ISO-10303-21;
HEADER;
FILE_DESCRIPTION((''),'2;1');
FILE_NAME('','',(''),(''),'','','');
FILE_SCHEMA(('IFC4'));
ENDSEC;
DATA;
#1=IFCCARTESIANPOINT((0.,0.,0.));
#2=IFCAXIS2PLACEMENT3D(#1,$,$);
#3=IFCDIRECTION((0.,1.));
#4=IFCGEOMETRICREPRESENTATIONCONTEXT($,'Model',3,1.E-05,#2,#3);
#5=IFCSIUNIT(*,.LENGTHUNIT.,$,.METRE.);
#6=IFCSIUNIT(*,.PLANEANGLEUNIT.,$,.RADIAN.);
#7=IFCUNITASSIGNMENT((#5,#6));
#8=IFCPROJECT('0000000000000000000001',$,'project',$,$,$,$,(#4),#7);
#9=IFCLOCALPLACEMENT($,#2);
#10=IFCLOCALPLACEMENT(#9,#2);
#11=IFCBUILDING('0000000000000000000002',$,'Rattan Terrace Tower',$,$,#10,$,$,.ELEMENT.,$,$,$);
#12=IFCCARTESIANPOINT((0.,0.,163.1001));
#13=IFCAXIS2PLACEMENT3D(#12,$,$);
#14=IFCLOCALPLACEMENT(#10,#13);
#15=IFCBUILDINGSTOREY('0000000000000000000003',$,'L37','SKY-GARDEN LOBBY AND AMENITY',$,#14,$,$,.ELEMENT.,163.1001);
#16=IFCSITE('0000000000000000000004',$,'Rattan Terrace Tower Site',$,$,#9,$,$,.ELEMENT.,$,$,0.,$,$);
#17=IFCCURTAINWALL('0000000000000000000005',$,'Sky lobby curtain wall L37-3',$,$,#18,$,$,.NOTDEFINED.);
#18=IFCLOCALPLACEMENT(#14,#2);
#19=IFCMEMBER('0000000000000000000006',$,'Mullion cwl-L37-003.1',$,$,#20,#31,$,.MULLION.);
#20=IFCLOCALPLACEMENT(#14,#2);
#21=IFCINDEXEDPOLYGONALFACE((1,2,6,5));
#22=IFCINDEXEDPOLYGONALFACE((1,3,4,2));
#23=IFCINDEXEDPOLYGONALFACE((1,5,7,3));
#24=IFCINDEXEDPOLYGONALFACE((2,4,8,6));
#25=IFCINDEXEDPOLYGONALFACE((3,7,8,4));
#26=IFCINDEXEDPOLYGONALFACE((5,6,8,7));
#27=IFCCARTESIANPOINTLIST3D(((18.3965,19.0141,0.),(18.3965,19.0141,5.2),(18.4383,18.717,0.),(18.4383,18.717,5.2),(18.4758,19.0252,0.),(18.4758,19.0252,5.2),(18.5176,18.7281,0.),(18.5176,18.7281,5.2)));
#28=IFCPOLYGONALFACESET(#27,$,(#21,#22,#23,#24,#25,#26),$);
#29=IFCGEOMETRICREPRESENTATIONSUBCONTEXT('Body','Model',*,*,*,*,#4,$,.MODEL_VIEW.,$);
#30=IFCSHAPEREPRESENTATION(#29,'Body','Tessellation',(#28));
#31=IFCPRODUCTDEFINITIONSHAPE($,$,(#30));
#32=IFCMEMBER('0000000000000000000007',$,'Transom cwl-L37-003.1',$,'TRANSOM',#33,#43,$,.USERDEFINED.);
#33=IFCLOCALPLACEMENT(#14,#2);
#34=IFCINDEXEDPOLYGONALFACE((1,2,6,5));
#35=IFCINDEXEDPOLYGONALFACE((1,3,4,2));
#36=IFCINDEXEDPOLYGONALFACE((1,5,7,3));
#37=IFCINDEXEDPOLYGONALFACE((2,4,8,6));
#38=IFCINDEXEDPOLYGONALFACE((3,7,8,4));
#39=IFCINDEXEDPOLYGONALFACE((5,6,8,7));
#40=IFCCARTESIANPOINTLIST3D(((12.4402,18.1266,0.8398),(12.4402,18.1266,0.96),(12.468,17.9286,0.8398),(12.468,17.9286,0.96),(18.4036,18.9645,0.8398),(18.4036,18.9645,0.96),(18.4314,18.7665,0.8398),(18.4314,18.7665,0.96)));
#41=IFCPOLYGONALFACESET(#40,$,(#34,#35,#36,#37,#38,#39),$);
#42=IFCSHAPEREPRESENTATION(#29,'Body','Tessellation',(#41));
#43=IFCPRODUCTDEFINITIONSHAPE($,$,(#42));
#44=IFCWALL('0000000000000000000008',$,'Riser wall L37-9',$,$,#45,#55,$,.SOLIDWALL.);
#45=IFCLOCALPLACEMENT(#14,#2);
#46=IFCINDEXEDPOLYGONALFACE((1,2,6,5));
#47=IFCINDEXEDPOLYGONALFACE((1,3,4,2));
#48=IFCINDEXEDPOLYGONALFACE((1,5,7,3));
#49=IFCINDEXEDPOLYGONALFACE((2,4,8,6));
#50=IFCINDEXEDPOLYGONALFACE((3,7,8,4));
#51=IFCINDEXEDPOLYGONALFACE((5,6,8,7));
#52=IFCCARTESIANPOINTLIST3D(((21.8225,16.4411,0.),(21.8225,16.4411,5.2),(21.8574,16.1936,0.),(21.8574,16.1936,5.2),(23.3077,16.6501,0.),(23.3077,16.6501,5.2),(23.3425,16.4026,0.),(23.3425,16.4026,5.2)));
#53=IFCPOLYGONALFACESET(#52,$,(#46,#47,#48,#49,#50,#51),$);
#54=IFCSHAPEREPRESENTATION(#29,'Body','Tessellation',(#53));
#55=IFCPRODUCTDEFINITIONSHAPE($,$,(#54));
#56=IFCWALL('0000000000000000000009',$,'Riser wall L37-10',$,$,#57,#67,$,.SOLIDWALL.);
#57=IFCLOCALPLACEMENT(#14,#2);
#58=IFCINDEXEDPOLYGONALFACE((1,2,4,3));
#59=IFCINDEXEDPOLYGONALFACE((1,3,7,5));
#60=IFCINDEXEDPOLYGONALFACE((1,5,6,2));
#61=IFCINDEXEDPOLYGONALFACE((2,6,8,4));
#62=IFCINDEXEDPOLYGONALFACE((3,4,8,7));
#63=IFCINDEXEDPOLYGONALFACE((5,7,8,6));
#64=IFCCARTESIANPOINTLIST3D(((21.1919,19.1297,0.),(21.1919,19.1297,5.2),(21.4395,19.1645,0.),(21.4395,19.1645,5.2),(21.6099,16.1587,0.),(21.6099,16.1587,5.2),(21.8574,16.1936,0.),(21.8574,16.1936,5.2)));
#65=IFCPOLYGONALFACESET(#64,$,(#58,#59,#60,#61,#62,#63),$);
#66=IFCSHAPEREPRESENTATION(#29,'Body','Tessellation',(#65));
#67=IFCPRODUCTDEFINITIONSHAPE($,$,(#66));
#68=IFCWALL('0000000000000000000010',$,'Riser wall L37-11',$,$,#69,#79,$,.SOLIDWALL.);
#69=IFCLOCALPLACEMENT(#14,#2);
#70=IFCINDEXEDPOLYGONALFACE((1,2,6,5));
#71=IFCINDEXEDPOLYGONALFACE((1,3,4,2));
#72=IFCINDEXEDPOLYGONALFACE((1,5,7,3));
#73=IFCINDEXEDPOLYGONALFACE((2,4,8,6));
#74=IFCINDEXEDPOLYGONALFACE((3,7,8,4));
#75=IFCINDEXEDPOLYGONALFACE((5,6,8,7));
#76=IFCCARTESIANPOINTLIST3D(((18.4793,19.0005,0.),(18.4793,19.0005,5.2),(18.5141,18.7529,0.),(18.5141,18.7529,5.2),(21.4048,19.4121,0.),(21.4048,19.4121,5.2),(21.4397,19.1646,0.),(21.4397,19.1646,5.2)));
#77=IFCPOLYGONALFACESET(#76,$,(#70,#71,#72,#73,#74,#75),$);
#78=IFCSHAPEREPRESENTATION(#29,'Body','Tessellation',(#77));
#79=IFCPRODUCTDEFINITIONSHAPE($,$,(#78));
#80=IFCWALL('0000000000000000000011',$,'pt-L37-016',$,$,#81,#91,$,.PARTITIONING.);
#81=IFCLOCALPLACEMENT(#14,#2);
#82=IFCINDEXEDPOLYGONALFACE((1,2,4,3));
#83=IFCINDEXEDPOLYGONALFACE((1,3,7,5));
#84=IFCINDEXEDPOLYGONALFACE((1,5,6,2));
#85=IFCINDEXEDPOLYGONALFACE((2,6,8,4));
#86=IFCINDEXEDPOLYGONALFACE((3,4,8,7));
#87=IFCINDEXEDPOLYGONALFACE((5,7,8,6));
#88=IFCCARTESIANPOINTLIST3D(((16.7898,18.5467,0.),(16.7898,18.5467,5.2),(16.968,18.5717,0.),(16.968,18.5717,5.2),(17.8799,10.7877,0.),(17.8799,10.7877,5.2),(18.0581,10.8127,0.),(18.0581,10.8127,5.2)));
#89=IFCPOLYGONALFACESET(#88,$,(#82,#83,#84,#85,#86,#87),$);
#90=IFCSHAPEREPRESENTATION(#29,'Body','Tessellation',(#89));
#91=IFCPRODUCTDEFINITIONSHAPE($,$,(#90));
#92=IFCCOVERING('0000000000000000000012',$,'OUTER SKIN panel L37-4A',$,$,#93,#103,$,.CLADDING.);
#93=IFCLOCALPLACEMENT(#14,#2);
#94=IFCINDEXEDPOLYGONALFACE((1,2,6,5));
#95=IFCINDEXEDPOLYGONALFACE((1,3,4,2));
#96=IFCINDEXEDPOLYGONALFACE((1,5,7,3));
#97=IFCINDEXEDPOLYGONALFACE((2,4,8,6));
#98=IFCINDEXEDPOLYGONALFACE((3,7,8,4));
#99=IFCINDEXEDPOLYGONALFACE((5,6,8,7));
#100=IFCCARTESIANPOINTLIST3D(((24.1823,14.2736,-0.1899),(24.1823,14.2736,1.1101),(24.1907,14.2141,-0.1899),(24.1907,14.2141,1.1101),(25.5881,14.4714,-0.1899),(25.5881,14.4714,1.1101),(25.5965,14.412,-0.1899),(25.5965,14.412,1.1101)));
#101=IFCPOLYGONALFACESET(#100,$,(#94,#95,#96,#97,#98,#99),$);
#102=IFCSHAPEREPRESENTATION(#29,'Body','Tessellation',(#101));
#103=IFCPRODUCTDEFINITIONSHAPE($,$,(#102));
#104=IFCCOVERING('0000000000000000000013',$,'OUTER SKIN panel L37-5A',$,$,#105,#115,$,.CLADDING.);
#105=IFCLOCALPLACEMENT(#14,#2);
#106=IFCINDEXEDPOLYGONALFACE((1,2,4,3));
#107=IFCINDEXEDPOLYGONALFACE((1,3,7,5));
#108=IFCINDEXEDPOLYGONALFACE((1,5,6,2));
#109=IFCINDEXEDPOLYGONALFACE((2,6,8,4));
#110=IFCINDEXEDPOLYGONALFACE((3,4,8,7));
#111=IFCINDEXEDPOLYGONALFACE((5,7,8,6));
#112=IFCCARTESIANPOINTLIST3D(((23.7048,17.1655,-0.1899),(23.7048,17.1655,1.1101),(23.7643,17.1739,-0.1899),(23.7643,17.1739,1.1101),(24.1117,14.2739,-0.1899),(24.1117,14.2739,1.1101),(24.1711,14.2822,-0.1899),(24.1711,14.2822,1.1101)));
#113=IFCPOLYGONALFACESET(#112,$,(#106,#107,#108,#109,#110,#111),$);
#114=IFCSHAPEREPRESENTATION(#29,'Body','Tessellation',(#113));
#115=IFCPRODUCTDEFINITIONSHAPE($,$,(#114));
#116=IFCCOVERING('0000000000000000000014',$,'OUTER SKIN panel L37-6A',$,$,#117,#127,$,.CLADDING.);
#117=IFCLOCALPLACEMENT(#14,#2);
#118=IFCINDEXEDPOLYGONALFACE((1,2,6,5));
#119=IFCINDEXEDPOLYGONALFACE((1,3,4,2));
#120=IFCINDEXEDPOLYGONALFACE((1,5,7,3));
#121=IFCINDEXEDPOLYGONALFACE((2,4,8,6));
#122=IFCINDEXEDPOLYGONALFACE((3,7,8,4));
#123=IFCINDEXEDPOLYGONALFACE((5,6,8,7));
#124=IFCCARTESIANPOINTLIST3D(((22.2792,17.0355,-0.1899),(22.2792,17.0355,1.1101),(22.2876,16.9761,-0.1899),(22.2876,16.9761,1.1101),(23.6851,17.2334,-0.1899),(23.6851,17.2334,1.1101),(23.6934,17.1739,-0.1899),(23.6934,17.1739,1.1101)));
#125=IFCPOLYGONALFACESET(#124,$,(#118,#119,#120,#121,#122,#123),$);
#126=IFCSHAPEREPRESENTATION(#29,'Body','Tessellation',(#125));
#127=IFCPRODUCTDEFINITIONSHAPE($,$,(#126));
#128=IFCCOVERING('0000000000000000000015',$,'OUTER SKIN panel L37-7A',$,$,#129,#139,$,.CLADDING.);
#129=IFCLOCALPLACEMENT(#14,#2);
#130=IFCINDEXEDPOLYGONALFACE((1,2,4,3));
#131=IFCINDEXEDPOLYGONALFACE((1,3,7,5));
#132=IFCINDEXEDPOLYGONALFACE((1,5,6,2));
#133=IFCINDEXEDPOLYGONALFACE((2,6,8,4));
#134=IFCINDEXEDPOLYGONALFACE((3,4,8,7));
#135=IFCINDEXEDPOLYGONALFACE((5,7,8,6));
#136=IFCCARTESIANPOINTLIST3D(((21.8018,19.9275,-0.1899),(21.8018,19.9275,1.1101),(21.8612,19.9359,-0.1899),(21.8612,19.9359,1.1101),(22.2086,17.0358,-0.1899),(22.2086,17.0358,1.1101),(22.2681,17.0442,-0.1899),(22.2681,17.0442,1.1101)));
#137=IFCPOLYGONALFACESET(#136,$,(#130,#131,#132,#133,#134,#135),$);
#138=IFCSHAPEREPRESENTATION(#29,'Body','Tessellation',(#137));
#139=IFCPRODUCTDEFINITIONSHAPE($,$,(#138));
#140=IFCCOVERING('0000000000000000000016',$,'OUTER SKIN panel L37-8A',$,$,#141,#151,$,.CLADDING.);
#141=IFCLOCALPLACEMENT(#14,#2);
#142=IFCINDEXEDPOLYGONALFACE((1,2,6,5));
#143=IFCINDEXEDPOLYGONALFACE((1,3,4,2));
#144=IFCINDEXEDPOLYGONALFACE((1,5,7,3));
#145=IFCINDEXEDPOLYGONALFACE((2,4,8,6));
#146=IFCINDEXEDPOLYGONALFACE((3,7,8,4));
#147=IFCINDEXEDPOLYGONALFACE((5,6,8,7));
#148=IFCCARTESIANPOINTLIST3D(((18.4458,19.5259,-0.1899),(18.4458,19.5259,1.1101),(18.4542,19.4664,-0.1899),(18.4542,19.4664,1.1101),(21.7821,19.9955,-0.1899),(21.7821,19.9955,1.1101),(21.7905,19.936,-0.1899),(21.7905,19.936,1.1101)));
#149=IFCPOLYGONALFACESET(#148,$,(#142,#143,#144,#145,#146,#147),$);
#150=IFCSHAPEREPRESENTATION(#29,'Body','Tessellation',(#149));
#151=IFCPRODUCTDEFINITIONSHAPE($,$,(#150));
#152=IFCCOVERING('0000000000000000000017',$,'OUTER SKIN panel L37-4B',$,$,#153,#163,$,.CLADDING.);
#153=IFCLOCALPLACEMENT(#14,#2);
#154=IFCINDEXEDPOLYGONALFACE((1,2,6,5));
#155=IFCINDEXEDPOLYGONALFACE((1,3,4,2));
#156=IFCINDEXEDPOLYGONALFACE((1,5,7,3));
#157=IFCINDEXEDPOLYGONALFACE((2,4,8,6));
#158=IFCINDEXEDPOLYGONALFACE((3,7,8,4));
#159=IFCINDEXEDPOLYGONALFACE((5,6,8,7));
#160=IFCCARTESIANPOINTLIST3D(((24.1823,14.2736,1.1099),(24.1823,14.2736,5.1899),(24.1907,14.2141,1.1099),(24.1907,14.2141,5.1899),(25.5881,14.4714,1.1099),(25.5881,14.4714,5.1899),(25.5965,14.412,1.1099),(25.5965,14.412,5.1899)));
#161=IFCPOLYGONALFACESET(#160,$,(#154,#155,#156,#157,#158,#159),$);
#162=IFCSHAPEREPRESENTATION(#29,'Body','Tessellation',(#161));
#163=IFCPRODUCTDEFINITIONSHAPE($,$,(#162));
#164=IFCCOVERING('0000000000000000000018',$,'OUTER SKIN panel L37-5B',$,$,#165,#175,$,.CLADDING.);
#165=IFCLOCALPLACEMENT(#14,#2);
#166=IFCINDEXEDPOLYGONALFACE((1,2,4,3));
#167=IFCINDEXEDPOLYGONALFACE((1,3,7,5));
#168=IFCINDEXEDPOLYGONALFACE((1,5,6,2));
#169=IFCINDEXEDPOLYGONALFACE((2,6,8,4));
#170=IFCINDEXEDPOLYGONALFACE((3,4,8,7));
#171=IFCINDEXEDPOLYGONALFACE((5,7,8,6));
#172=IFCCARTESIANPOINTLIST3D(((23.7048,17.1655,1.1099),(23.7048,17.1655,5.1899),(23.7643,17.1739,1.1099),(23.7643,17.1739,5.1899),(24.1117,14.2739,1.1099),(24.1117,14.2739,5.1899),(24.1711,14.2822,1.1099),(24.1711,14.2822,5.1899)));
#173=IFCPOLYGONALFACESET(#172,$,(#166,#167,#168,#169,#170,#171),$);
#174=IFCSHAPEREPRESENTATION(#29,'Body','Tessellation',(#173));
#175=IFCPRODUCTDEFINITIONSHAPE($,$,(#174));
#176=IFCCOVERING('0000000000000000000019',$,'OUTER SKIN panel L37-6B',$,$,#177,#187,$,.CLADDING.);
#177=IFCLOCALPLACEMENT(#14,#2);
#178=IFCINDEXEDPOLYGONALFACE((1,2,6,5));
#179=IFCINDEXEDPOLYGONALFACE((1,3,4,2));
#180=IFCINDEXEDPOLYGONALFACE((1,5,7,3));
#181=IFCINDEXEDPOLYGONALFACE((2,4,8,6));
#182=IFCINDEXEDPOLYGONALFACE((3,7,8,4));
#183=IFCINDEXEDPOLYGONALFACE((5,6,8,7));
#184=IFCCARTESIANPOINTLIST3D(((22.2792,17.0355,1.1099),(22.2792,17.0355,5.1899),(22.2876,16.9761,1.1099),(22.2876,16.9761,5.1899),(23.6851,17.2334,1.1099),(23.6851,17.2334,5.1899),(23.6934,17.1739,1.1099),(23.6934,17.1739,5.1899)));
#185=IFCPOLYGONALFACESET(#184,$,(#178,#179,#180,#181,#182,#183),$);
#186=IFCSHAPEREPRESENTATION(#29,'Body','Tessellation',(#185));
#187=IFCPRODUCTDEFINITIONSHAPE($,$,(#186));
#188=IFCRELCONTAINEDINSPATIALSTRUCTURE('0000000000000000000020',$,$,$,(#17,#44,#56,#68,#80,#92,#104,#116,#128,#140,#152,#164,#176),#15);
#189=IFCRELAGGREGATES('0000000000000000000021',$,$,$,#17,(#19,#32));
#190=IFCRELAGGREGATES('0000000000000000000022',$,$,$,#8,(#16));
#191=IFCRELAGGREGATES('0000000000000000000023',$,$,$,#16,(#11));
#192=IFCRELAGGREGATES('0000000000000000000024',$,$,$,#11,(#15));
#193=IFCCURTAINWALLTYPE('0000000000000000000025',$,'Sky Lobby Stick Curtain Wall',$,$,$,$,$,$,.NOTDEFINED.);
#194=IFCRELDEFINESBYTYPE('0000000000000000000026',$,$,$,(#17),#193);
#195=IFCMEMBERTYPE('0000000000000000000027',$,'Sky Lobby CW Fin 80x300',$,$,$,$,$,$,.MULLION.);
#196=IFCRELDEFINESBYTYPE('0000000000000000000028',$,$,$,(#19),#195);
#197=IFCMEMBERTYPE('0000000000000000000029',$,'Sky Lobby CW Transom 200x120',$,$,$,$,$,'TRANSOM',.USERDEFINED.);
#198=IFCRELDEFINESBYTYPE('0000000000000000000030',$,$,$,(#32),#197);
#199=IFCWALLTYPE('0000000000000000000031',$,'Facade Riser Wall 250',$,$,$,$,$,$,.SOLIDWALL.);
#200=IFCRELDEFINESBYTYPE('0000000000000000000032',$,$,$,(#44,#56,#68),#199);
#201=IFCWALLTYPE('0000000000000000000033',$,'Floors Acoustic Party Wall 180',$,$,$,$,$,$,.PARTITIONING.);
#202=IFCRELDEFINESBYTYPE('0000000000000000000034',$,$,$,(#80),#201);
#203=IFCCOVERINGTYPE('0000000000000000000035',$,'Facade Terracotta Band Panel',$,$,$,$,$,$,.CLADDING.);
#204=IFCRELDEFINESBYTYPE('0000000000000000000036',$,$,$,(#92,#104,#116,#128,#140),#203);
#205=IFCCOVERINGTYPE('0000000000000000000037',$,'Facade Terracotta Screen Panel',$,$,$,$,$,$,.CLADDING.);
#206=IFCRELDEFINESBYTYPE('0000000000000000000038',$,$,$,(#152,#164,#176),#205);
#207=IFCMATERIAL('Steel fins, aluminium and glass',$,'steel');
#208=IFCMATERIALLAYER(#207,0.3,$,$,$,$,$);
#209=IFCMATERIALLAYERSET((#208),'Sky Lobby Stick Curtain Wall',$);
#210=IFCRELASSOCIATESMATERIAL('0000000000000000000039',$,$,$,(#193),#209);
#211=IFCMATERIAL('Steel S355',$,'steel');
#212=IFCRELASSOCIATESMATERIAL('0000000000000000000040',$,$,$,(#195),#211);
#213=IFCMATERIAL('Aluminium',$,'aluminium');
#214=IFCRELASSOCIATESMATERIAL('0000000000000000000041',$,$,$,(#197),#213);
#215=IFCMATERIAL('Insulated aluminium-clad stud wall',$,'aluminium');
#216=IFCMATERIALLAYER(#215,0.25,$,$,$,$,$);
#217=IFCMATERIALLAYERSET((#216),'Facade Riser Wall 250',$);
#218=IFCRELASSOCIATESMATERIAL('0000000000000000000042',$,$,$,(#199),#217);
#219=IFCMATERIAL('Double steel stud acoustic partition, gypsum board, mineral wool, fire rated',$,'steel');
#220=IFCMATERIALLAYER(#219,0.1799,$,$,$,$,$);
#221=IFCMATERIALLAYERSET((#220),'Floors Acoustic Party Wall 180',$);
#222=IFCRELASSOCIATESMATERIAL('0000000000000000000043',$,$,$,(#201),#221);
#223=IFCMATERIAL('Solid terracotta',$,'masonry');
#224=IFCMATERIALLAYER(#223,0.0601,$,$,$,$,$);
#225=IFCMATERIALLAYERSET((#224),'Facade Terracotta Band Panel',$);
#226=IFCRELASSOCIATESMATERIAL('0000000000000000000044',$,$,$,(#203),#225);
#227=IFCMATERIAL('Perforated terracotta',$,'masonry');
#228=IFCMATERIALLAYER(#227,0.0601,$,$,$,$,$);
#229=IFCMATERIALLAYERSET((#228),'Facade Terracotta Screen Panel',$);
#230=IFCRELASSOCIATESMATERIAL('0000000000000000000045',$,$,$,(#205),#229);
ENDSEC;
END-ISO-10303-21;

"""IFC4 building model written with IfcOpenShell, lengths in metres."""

from ifc_helpers import new_model, si_unit, direction, frame, frame_2d, origin, origin_2d, place, context, subcontext, project, spatial, rectangle, extrude, material, layer, layer_set, material_profile, profile_set, type_object, element, aggregate, save


model = new_model("IFC4")

# Units and contexts
model_context = context("Model", 3, precision=1e-05, world=origin(), true_north=direction((0.0, 1.0)))
body_context = subcontext(model_context, "Body", "Model", "MODEL_VIEW")
ifc_project = project(units=[si_unit("LENGTHUNIT", "METRE"), si_unit("PLANEANGLEUNIT", "RADIAN")], contexts=[model_context])

# Site, building, storey
site_placement = place(None, origin())
site = spatial("IfcSite", under=ifc_project, at=site_placement, Name="Rattan Terrace Tower Site", CompositionType="ELEMENT", RefElevation=0.0)
building_placement = place(site_placement, origin())
building = spatial("IfcBuilding", under=site, at=building_placement, Name="Rattan Terrace Tower", CompositionType="ELEMENT")
storey_placement = place(building_placement, frame((0.0, 0.0, 163.1001)))
storey = spatial("IfcBuildingStorey", under=building, at=storey_placement, Name="L37", Description="SKY-GARDEN LOBBY AND AMENITY", CompositionType="ELEMENT", Elevation=163.1001)

# Curtain wall, members
ifc_material_1 = material(Name="Steel fins, aluminium and glass", Category="steel")
ifc_layer_1 = layer(ifc_material_1, 0.3)
ifc_layer_set_1 = layer_set([ifc_layer_1], Name="Sky Lobby Stick Curtain Wall")
curtain_wall_type = type_object("IfcCurtainWallType", Name="Sky Lobby Stick Curtain Wall", PredefinedType="NOTDEFINED", material=ifc_layer_set_1)
curtain_wall_placement = place(storey_placement, origin())
curtain_wall = element("IfcCurtainWall", 1, at=curtain_wall_placement, inside=storey, type_object=curtain_wall_type, Name="Sky lobby curtain wall L37-3", PredefinedType="NOTDEFINED")
ifc_material_2 = material(Name="Steel S355", Category="steel")
ifc_material_profile_1 = material_profile(ifc_material_2, rectangle(XDim=0.0801, YDim=0.3, at=origin_2d()), Name="Steel S355 80x300")
ifc_profile_set_1 = profile_set([ifc_material_profile_1], Name="Steel S355")
member_type_1 = type_object("IfcMemberType", Name="Sky Lobby CW Fin 80x300", PredefinedType="MULLION", material=ifc_profile_set_1)
member_1_placement = place(storey_placement, frame((18.457, 18.8711, 0.0), z_axis=(0.0, 0.0, 1.0), x_axis=(-0.99027, -0.139161, 0.0)))
member_1 = element("IfcMember", 2, at=member_1_placement, type_object=member_type_1, Name="Mullion cwl-L37-003.1", PredefinedType="MULLION", context=body_context, shape_type="SweptSolid", body=[
    extrude(rectangle(XDim=0.0801, YDim=0.3, at=origin_2d()), origin(), (0.0, 0.0, 1.0), 5.2),
])
ifc_material_3 = material(Name="Aluminium", Category="aluminium")
ifc_material_profile_2 = material_profile(ifc_material_3, rectangle(XDim=0.2, YDim=0.1201, at=origin_2d()), Name="Aluminium 200x120")
ifc_profile_set_2 = profile_set([ifc_material_profile_2], Name="Aluminium")
member_type_2 = type_object("IfcMemberType", Name="Sky Lobby CW Transom 200x120", ElementType="TRANSOM", PredefinedType="USERDEFINED", material=ifc_profile_set_2)
member_2_placement = place(storey_placement, frame((18.4175, 18.8655, 0.8999), z_axis=(-0.990273, -0.139139, 0.0), x_axis=(0.139139, -0.990273, 0.0)))
member_2 = element("IfcMember", 3, at=member_2_placement, type_object=member_type_2, Name="Transom cwl-L37-003.1", ObjectType="TRANSOM", PredefinedType="USERDEFINED", context=body_context, shape_type="SweptSolid", body=[
    extrude(rectangle(XDim=0.2, YDim=0.1201, at=origin_2d()), origin(), (0.0, 0.0, 1.0), 6.022),
])
aggregate(curtain_wall, [member_1, member_2])

# Walls
ifc_material_4 = material(Name="Insulated aluminium-clad stud wall", Category="aluminium")
ifc_layer_2 = layer(ifc_material_4, 0.25)
ifc_layer_set_2 = layer_set([ifc_layer_2], Name="Facade Riser Wall 250")
wall_type_1 = type_object("IfcWallType", Name="Facade Riser Wall 250", PredefinedType="SOLIDWALL", material=ifc_layer_set_2)
wall_1_placement = place(storey_placement, frame((23.3252, 16.5264, 0.0), z_axis=(0.0, 0.0, 1.0), x_axis=(-0.990244, -0.139347, 0.0)))
element("IfcWall", 4, at=wall_1_placement, inside=storey, type_object=wall_type_1, Name="Riser wall L37-9", PredefinedType="SOLIDWALL", context=body_context, shape_type="SweptSolid", body=[
    extrude(rectangle(XDim=1.4998, YDim=0.25, at=frame_2d((0.75, 0.0))), origin(), (0.0, 0.0, 1.0), 5.2),
])
wall_2_placement = place(storey_placement, frame((21.7336, 16.1763, 0.0), z_axis=(0.0, 0.0, 1.0), x_axis=(-0.139313, 0.990248, 0.0)))
element("IfcWall", 5, at=wall_2_placement, inside=storey, type_object=wall_type_1, Name="Riser wall L37-10", PredefinedType="SOLIDWALL", context=body_context, shape_type="SweptSolid", body=[
    extrude(rectangle(XDim=3.0002, YDim=0.25, at=frame_2d((1.5, 0.0))), origin(), (0.0, 0.0, 1.0), 5.2),
])
wall_3_placement = place(storey_placement, frame((21.4221, 19.2883, 0.0), z_axis=(0.0, 0.0, 1.0), x_axis=(-0.990246, -0.139327, 0.0)))
element("IfcWall", 6, at=wall_3_placement, inside=storey, type_object=wall_type_1, Name="Riser wall L37-11", PredefinedType="SOLIDWALL", context=body_context, shape_type="SweptSolid", body=[
    extrude(rectangle(XDim=2.9543, YDim=0.25, at=frame_2d((1.4771, 0.0))), origin(), (0.0, 0.0, 1.0), 5.2),
])
ifc_material_5 = material(Name="Double steel stud acoustic partition, gypsum board, mineral wool, fire rated", Category="steel")
ifc_layer_3 = layer(ifc_material_5, 0.1799)
ifc_layer_set_3 = layer_set([ifc_layer_3], Name="Floors Acoustic Party Wall 180")
wall_type_2 = type_object("IfcWallType", Name="Floors Acoustic Party Wall 180", PredefinedType="PARTITIONING", material=ifc_layer_set_3)
wall_4_placement = place(storey_placement, frame((16.8789, 18.5591, 0.0), z_axis=(0.0, 0.0, 1.0), x_axis=(0.139126, -0.990275, 0.0)))
element("IfcWall", 7, at=wall_4_placement, inside=storey, type_object=wall_type_2, Name="pt-L37-016", PredefinedType="PARTITIONING", context=body_context, shape_type="SweptSolid", body=[
    extrude(rectangle(XDim=7.8352, YDim=0.1799, at=frame_2d((3.9175, 0.0))), origin(), (0.0, 0.0, 1.0), 5.2),
])

# Coverings
ifc_material_6 = material(Name="Solid terracotta", Category="masonry")
ifc_layer_4 = layer(ifc_material_6, 0.0601)
ifc_layer_set_4 = layer_set([ifc_layer_4], Name="Facade Terracotta Band Panel")
covering_type_1 = type_object("IfcCoveringType", Name="Facade Terracotta Band Panel", PredefinedType="CLADDING", material=ifc_layer_set_4)
covering_1_placement = place(storey_placement, frame((24.8894, 14.3428, -0.1899), z_axis=(0.0, 0.0, 1.0), x_axis=(-0.990241, -0.139367, 0.0)))
element("IfcCovering", 8, at=covering_1_placement, inside=storey, type_object=covering_type_1, Name="OUTER SKIN panel L37-4A", PredefinedType="CLADDING", context=body_context, shape_type="SweptSolid", body=[
    extrude(rectangle(XDim=1.4197, YDim=0.0601, at=origin_2d()), origin(), (0.0, 0.0, 1.0), 1.3),
])
covering_2_placement = place(storey_placement, frame((23.938, 15.7239, -0.1899), z_axis=(0.0, 0.0, 1.0), x_axis=(-0.139321, 0.990247, 0.0)))
element("IfcCovering", 9, at=covering_2_placement, inside=storey, type_object=covering_type_1, Name="OUTER SKIN panel L37-5A", PredefinedType="CLADDING", context=body_context, shape_type="SweptSolid", body=[
    extrude(rectangle(XDim=2.9202, YDim=0.0601, at=origin_2d()), origin(), (0.0, 0.0, 1.0), 1.3),
])
covering_3_placement = place(storey_placement, frame((22.9863, 17.1047, -0.1899), z_axis=(0.0, 0.0, 1.0), x_axis=(-0.990241, -0.139367, 0.0)))
element("IfcCovering", 10, at=covering_3_placement, inside=storey, type_object=covering_type_1, Name="OUTER SKIN panel L37-6A", PredefinedType="CLADDING", context=body_context, shape_type="SweptSolid", body=[
    extrude(rectangle(XDim=1.4197, YDim=0.0601, at=origin_2d()), origin(), (0.0, 0.0, 1.0), 1.3),
])
covering_4_placement = place(storey_placement, frame((22.0349, 18.4858, -0.1899), z_axis=(0.0, 0.0, 1.0), x_axis=(-0.139321, 0.990247, 0.0)))
element("IfcCovering", 11, at=covering_4_placement, inside=storey, type_object=covering_type_1, Name="OUTER SKIN panel L37-7A", PredefinedType="CLADDING", context=body_context, shape_type="SweptSolid", body=[
    extrude(rectangle(XDim=2.9202, YDim=0.0601, at=origin_2d()), origin(), (0.0, 0.0, 1.0), 1.3),
])
covering_5_placement = place(storey_placement, frame((20.1182, 19.731, -0.1899), z_axis=(0.0, 0.0, 1.0), x_axis=(-0.990241, -0.139367, 0.0)))
element("IfcCovering", 12, at=covering_5_placement, inside=storey, type_object=covering_type_1, Name="OUTER SKIN panel L37-8A", PredefinedType="CLADDING", context=body_context, shape_type="SweptSolid", body=[
    extrude(rectangle(XDim=3.3691, YDim=0.0601, at=origin_2d()), origin(), (0.0, 0.0, 1.0), 1.3),
])
ifc_material_7 = material(Name="Perforated terracotta", Category="masonry")
ifc_layer_5 = layer(ifc_material_7, 0.0601)
ifc_layer_set_5 = layer_set([ifc_layer_5], Name="Facade Terracotta Screen Panel")
covering_type_2 = type_object("IfcCoveringType", Name="Facade Terracotta Screen Panel", PredefinedType="CLADDING", material=ifc_layer_set_5)
covering_6_placement = place(storey_placement, frame((24.8894, 14.3428, 1.1099), z_axis=(0.0, 0.0, 1.0), x_axis=(-0.990241, -0.139367, 0.0)))
element("IfcCovering", 13, at=covering_6_placement, inside=storey, type_object=covering_type_2, Name="OUTER SKIN panel L37-4B", PredefinedType="CLADDING", context=body_context, shape_type="SweptSolid", body=[
    extrude(rectangle(XDim=1.4197, YDim=0.0601, at=origin_2d()), origin(), (0.0, 0.0, 1.0), 4.0801),
])
covering_7_placement = place(storey_placement, frame((23.938, 15.7239, 1.1099), z_axis=(0.0, 0.0, 1.0), x_axis=(-0.139321, 0.990247, 0.0)))
element("IfcCovering", 14, at=covering_7_placement, inside=storey, type_object=covering_type_2, Name="OUTER SKIN panel L37-5B", PredefinedType="CLADDING", context=body_context, shape_type="SweptSolid", body=[
    extrude(rectangle(XDim=2.9202, YDim=0.0601, at=origin_2d()), origin(), (0.0, 0.0, 1.0), 4.0801),
])
covering_8_placement = place(storey_placement, frame((22.9863, 17.1047, 1.1099), z_axis=(0.0, 0.0, 1.0), x_axis=(-0.990241, -0.139367, 0.0)))
element("IfcCovering", 15, at=covering_8_placement, inside=storey, type_object=covering_type_2, Name="OUTER SKIN panel L37-6B", PredefinedType="CLADDING", context=body_context, shape_type="SweptSolid", body=[
    extrude(rectangle(XDim=1.4197, YDim=0.0601, at=origin_2d()), origin(), (0.0, 0.0, 1.0), 4.0801),
])

save(model, "model.ifc")
